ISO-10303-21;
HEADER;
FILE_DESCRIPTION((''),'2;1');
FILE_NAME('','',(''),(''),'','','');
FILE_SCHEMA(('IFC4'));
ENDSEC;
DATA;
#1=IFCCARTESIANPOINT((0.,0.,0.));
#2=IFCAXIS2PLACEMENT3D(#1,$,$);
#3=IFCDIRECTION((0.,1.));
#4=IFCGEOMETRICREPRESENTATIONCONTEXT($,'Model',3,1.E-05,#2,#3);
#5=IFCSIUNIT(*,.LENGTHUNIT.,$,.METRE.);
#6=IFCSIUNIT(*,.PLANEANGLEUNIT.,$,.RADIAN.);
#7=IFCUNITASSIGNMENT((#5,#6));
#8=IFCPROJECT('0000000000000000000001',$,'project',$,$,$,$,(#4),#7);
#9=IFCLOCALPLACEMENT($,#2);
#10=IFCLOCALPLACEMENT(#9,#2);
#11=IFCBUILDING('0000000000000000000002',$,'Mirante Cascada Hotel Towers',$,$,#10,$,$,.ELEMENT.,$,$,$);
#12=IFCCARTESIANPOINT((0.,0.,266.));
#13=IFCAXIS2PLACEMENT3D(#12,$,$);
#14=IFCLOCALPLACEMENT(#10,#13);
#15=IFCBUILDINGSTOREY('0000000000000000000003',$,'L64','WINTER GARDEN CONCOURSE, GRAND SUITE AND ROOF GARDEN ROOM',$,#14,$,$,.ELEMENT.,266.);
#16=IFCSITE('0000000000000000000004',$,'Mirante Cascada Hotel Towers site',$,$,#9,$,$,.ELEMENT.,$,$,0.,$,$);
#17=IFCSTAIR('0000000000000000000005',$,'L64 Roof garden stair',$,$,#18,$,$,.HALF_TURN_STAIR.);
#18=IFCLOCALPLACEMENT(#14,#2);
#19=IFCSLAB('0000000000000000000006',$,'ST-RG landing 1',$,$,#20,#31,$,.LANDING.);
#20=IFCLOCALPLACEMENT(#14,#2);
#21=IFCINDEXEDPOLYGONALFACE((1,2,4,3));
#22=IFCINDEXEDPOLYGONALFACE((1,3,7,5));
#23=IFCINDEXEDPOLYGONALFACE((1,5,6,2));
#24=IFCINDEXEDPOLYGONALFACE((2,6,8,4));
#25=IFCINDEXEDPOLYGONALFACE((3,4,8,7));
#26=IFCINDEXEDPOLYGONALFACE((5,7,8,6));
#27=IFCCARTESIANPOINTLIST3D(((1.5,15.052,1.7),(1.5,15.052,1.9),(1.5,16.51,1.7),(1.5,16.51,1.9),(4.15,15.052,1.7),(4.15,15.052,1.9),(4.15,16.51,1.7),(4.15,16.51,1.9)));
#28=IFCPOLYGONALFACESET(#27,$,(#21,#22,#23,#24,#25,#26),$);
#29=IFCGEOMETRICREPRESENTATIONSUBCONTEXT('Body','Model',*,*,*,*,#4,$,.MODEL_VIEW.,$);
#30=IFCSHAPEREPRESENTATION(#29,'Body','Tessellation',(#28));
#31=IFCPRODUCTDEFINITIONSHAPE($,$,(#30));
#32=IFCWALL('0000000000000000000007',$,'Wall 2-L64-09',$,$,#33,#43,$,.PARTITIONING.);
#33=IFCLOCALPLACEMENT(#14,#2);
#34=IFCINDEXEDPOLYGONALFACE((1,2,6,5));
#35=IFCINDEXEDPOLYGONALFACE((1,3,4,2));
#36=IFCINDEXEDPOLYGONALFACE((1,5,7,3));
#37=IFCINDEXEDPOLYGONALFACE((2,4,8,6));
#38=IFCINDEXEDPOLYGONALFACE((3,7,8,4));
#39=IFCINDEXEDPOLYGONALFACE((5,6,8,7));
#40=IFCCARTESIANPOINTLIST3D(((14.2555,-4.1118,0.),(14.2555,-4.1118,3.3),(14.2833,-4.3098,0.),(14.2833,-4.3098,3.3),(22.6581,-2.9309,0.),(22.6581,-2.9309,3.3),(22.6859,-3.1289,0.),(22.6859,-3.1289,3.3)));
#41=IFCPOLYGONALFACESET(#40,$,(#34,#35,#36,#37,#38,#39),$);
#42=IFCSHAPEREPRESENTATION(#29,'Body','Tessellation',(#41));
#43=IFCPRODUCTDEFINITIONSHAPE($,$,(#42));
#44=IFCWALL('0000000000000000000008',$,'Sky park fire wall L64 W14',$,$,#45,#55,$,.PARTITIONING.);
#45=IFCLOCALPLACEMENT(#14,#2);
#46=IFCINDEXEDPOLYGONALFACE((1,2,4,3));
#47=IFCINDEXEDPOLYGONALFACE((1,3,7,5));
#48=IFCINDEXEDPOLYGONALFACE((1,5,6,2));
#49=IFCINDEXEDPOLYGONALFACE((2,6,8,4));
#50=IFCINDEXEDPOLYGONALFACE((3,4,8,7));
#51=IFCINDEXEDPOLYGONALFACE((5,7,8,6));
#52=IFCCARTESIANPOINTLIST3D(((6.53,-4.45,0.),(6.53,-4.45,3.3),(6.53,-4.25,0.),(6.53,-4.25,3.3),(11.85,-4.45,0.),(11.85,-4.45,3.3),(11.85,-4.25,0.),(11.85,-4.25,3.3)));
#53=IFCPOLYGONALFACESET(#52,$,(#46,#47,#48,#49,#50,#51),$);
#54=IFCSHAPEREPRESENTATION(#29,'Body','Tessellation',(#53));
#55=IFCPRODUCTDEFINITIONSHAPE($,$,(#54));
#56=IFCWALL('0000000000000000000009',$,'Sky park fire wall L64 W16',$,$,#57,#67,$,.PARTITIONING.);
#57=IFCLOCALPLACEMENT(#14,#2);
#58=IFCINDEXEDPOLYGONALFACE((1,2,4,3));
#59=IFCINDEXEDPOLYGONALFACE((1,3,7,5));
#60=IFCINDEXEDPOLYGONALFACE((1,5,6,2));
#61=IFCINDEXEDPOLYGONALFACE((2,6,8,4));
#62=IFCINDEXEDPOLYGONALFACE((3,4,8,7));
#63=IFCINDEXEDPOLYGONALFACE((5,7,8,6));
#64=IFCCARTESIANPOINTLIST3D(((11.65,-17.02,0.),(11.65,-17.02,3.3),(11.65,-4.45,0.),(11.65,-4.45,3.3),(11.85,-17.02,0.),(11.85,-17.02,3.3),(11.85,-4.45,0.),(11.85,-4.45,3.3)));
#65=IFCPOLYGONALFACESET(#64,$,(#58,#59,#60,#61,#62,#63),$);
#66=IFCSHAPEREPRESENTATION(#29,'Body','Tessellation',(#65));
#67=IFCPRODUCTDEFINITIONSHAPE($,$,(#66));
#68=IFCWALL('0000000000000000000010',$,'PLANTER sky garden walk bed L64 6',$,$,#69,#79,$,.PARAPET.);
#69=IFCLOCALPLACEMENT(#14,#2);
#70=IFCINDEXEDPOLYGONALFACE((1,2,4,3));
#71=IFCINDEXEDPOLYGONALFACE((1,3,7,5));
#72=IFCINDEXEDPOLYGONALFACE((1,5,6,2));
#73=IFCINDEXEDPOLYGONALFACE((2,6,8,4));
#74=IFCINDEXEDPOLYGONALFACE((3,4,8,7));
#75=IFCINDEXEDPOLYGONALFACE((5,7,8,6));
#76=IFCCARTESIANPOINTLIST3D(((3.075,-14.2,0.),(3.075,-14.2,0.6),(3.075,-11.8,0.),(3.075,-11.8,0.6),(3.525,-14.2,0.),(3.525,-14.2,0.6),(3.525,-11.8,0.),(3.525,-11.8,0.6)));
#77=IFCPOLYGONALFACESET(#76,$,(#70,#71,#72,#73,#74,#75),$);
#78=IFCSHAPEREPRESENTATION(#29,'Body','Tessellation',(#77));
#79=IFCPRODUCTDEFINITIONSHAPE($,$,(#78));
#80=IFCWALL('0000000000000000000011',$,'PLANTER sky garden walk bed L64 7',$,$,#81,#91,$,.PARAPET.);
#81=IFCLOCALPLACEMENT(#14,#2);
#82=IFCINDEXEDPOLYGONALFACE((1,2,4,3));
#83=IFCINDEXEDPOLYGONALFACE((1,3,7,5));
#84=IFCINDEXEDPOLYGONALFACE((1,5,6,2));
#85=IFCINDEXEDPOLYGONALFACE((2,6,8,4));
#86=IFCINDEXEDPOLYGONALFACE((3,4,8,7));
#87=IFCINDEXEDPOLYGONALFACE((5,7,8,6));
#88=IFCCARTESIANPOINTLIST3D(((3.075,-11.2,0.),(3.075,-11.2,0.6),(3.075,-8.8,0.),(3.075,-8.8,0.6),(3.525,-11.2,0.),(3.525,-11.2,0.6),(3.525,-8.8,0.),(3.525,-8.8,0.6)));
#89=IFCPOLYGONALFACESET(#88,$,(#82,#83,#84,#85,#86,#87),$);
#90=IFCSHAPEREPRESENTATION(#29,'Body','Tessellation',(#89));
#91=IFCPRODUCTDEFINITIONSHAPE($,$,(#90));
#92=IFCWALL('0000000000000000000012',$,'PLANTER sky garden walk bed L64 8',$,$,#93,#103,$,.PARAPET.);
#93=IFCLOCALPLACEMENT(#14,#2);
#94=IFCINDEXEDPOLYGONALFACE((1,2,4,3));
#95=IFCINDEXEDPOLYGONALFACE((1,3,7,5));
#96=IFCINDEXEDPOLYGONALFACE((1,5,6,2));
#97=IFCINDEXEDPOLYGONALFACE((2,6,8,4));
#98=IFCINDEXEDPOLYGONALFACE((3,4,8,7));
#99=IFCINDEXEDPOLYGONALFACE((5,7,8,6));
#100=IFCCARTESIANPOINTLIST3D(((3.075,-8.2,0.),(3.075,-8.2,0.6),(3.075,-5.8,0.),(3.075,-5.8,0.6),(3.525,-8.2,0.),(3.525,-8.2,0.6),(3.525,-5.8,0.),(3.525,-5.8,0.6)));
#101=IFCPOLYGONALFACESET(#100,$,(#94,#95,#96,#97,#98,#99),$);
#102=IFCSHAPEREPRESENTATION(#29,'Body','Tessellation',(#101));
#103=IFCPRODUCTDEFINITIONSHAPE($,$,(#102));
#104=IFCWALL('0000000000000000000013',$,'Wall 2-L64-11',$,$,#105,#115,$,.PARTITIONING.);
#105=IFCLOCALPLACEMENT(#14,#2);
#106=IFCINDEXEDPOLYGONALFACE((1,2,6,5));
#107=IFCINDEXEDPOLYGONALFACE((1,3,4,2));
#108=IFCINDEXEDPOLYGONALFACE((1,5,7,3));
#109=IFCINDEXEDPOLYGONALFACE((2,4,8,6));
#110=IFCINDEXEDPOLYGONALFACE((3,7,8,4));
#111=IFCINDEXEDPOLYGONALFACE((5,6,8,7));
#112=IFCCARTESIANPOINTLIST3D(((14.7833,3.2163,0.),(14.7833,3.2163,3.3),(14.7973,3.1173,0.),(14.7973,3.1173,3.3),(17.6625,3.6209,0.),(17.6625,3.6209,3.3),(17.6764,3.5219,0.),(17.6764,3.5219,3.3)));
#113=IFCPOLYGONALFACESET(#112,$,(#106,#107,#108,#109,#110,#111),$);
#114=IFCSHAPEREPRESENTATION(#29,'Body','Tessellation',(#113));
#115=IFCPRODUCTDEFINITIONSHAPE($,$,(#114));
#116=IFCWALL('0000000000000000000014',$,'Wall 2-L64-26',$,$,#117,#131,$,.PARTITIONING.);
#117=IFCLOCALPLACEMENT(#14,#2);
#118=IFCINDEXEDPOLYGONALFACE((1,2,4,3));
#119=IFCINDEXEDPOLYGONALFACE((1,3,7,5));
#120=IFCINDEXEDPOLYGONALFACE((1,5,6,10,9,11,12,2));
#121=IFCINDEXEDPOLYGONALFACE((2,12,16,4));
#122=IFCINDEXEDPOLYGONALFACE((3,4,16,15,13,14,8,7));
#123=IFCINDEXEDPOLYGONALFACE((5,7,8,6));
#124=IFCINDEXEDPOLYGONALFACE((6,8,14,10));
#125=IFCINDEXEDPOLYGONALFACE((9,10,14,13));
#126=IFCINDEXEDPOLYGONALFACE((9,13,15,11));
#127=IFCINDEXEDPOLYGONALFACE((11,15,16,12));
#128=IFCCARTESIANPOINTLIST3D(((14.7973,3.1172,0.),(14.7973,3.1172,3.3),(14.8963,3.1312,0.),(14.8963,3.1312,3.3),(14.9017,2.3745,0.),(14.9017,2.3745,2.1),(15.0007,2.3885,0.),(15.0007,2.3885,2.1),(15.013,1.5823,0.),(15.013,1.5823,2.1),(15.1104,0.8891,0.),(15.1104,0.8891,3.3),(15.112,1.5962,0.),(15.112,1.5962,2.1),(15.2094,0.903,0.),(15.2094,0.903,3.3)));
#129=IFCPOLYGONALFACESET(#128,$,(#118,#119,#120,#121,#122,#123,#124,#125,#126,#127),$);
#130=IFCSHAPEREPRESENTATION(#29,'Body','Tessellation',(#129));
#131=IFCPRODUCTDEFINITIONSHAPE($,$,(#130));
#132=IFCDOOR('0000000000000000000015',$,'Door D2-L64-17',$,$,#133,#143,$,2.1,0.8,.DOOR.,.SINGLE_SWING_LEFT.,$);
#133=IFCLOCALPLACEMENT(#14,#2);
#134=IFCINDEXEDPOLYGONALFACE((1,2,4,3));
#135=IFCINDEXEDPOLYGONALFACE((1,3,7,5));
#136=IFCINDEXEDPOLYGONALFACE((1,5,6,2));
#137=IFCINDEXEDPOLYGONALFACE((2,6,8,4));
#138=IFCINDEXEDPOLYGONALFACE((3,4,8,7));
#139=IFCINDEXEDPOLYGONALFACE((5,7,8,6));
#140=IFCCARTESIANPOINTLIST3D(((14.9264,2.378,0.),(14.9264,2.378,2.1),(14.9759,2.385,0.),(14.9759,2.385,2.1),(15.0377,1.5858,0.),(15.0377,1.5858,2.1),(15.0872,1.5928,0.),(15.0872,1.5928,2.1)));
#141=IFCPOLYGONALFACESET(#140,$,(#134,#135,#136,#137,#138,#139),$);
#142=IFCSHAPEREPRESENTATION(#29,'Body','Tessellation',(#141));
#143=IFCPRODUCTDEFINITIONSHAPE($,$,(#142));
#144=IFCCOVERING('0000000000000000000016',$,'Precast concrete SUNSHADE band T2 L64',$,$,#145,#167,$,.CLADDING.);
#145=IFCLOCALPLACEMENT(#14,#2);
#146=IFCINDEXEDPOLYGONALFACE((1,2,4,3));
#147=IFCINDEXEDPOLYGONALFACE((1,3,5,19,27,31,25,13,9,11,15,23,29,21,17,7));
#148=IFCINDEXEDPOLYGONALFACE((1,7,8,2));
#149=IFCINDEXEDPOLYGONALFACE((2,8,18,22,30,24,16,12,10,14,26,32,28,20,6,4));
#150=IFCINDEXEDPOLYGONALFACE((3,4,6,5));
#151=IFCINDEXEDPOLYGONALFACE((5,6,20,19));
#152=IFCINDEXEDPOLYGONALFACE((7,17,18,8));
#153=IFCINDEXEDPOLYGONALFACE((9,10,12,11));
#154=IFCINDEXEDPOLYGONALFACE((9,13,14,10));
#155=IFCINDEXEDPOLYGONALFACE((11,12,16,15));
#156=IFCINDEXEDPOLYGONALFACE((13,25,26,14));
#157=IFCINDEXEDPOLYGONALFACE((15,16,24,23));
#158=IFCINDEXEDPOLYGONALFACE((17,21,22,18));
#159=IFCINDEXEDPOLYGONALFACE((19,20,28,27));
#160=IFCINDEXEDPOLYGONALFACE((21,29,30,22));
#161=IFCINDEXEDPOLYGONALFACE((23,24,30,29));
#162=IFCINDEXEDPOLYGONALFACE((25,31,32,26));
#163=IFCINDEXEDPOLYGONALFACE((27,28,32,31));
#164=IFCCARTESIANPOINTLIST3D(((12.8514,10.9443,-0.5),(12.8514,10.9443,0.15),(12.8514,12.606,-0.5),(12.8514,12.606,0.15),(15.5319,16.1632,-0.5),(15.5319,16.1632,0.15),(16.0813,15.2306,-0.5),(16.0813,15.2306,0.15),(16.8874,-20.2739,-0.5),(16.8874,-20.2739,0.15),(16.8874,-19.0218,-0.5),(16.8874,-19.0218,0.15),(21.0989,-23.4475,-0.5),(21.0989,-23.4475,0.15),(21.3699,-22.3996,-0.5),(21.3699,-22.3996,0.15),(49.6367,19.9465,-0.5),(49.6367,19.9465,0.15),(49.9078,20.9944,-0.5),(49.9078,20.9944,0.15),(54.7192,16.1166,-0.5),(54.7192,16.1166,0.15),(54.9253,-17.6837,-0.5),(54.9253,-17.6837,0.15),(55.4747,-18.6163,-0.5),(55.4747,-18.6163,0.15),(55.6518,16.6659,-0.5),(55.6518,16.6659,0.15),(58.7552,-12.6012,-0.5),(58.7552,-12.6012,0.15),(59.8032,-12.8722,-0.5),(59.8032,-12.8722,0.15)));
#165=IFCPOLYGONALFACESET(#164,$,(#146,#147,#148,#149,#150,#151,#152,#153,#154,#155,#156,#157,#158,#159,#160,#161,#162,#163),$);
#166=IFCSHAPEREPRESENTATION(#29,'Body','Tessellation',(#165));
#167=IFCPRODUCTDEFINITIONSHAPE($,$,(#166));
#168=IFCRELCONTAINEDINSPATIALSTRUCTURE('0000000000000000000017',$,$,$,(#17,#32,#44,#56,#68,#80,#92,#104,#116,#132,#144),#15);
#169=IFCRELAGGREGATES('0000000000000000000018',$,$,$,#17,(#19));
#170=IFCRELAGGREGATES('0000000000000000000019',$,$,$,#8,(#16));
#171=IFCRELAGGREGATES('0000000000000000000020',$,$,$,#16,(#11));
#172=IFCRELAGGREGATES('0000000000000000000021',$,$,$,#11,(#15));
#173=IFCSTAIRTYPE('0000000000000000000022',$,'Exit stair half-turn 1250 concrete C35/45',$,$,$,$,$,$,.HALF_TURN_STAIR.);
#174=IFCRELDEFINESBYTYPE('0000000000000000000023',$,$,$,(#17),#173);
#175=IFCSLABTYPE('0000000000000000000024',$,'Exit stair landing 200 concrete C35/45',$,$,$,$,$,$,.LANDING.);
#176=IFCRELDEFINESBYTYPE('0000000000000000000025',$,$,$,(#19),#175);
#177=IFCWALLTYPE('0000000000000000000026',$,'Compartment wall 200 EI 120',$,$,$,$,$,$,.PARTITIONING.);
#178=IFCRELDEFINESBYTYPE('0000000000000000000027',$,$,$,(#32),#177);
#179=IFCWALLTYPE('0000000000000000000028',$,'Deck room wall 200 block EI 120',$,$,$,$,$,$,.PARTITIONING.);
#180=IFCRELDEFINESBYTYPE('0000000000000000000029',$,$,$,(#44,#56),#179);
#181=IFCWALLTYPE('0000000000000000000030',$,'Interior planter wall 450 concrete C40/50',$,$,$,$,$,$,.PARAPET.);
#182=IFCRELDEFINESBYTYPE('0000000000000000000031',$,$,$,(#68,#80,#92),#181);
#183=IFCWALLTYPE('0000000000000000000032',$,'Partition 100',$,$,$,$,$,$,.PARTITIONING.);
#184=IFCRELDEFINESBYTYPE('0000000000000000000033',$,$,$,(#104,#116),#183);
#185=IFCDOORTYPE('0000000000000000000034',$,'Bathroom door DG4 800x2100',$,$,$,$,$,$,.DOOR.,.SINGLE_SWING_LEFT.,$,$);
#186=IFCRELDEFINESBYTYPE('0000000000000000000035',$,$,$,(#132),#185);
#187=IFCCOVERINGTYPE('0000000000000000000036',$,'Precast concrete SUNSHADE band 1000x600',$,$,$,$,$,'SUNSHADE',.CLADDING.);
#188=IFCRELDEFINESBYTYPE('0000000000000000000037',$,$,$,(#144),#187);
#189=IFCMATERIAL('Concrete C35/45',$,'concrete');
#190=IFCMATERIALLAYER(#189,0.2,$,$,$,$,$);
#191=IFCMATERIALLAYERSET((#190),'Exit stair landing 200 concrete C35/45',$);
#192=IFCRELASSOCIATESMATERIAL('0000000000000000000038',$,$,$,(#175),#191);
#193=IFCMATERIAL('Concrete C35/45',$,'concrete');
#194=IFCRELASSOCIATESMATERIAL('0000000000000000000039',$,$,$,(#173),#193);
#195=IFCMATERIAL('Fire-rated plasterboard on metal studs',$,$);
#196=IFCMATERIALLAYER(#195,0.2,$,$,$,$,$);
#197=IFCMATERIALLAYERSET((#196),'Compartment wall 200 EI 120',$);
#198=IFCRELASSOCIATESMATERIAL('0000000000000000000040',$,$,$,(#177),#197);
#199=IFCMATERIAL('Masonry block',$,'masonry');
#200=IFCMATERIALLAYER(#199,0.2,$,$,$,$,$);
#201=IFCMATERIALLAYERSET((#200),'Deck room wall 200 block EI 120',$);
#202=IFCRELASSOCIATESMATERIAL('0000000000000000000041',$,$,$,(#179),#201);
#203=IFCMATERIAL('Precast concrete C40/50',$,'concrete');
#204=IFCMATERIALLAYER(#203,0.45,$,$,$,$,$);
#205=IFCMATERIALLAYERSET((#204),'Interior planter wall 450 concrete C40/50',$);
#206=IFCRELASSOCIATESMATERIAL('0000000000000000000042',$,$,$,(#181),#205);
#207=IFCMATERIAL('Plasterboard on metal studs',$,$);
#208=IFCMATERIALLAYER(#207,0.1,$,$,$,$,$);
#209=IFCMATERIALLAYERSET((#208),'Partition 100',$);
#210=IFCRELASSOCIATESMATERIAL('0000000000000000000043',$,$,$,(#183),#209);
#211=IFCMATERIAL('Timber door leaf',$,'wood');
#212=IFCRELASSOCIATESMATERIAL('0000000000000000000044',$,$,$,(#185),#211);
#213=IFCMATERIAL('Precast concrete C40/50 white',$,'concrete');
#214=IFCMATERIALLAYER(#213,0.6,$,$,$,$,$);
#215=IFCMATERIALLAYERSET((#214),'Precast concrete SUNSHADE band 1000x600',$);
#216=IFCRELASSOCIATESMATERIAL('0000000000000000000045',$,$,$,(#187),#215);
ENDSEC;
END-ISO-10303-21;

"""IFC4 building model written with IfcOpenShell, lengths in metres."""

from ifc_helpers import new_model, si_unit, direction, frame, frame_2d, origin, place, context, subcontext, project, spatial, polyline, rectangle, outline, extrude, material, layer, layer_set, type_object, element, fill, aggregate, save


model = new_model("IFC4")

# Units and contexts
model_context = context("Model", 3, precision=1e-05, world=origin(), true_north=direction((0.0, 1.0)))
body_context = subcontext(model_context, "Body", "Model", "MODEL_VIEW")
ifc_project = project(units=[si_unit("LENGTHUNIT", "METRE"), si_unit("PLANEANGLEUNIT", "RADIAN")], contexts=[model_context])

# Site, building, storey
site_placement = place(None, origin())
site = spatial("IfcSite", under=ifc_project, at=site_placement, Name="Mirante Cascada Hotel Towers site", CompositionType="ELEMENT", RefElevation=0.0)
building_placement = place(site_placement, origin())
building = spatial("IfcBuilding", under=site, at=building_placement, Name="Mirante Cascada Hotel Towers", CompositionType="ELEMENT")
storey_placement = place(building_placement, frame((0.0, 0.0, 266.0)))
storey = spatial("IfcBuildingStorey", under=building, at=storey_placement, Name="L64", Description="WINTER GARDEN CONCOURSE, GRAND SUITE AND ROOF GARDEN ROOM", CompositionType="ELEMENT", Elevation=266.0)

# Stair, slab
ifc_material_1 = material(Name="Concrete C35/45", Category="concrete")
ifc_layer_1 = layer(ifc_material_1, 0.2)
ifc_layer_set_1 = layer_set([ifc_layer_1], Name="Exit stair landing 200 concrete C35/45")
slab_type = type_object("IfcSlabType", Name="Exit stair landing 200 concrete C35/45", PredefinedType="LANDING", material=ifc_layer_set_1)
ifc_material_2 = material(Name="Concrete C35/45", Category="concrete")
stair_type_1 = type_object("IfcStairType", Name="Exit stair half-turn 1250 concrete C35/45", PredefinedType="HALF_TURN_STAIR", material=ifc_material_2)
stair_1_placement = place(storey_placement, origin())
stair_1 = element("IfcStair", 1, at=stair_1_placement, inside=storey, type_object=stair_type_1, Name="L64 Roof garden stair", PredefinedType="HALF_TURN_STAIR")
slab_1_placement = place(storey_placement, frame((0.0, 0.0, 1.7)))
slab_1 = element("IfcSlab", 2, at=slab_1_placement, type_object=slab_type, Name="ST-RG landing 1", PredefinedType="LANDING", context=body_context, shape_type="SweptSolid", body=[
    extrude(outline(polyline([(4.15, 15.052), (4.15, 16.51), (1.5, 16.51), (1.5, 15.052), (4.15, 15.052)])), origin(), (0.0, 0.0, 1.0), 0.2),
])
aggregate(stair_1, [slab_1])

# Walls
ifc_material_3 = material(Name="Fire-rated plasterboard on metal studs")
ifc_layer_2 = layer(ifc_material_3, 0.2)
ifc_layer_set_2 = layer_set([ifc_layer_2], Name="Compartment wall 200 EI 120")
wall_type_1 = type_object("IfcWallType", Name="Compartment wall 200 EI 120", PredefinedType="PARTITIONING", material=ifc_layer_set_2)
wall_1_placement = place(storey_placement, frame((14.2694, -4.2108, 0.0), z_axis=(0.0, 0.0, 1.0), x_axis=(0.990268, 0.139172, 0.0)))
element("IfcWall", 3, at=wall_1_placement, inside=storey, type_object=wall_type_1, Name="Wall 2-L64-09", PredefinedType="PARTITIONING", context=body_context, shape_type="SweptSolid", body=[
    extrude(rectangle(XDim=8.4852, YDim=0.2, at=frame_2d((4.2426, 0.0))), origin(), (0.0, 0.0, 1.0), 3.3),
])
ifc_material_4 = material(Name="Masonry block", Category="masonry")
ifc_layer_3 = layer(ifc_material_4, 0.2)
ifc_layer_set_3 = layer_set([ifc_layer_3], Name="Deck room wall 200 block EI 120")
wall_type_2 = type_object("IfcWallType", Name="Deck room wall 200 block EI 120", PredefinedType="PARTITIONING", material=ifc_layer_set_3)
wall_2_placement = place(storey_placement, frame((6.53, -4.35, 0.0), z_axis=(0.0, 0.0, 1.0), x_axis=(1.0, 0.0, 0.0)))
element("IfcWall", 4, at=wall_2_placement, inside=storey, type_object=wall_type_2, Name="Sky park fire wall L64 W14", PredefinedType="PARTITIONING", context=body_context, shape_type="SweptSolid", body=[
    extrude(rectangle(XDim=5.32, YDim=0.2, at=frame_2d((2.66, 0.0))), origin(), (0.0, 0.0, 1.0), 3.3),
])
wall_3_placement = place(storey_placement, frame((11.75, -17.02, 0.0), z_axis=(0.0, 0.0, 1.0), x_axis=(0.0, 1.0, 0.0)))
element("IfcWall", 5, at=wall_3_placement, inside=storey, type_object=wall_type_2, Name="Sky park fire wall L64 W16", PredefinedType="PARTITIONING", context=body_context, shape_type="SweptSolid", body=[
    extrude(rectangle(XDim=12.57, YDim=0.2, at=frame_2d((6.285, 0.0))), origin(), (0.0, 0.0, 1.0), 3.3),
])
ifc_material_5 = material(Name="Precast concrete C40/50", Category="concrete")
ifc_layer_4 = layer(ifc_material_5, 0.45)
ifc_layer_set_4 = layer_set([ifc_layer_4], Name="Interior planter wall 450 concrete C40/50")
wall_type_3 = type_object("IfcWallType", Name="Interior planter wall 450 concrete C40/50", PredefinedType="PARAPET", material=ifc_layer_set_4)
for number, where, z_axis, x_axis, name in (
    (6, (3.3, -14.2, 0.0), (0.0, 0.0, 1.0), (0.0, 1.0, 0.0), "PLANTER sky garden walk bed L64 6"),
    (7, (3.3, -11.2, 0.0), (0.0, 0.0, 1.0), (0.0, 1.0, 0.0), "PLANTER sky garden walk bed L64 7"),
    (8, (3.3, -8.2, 0.0), (0.0, 0.0, 1.0), (0.0, 1.0, 0.0), "PLANTER sky garden walk bed L64 8"),
):
    element("IfcWall", number, at=place(storey_placement, frame(where, z_axis=z_axis, x_axis=x_axis)), inside=storey, type_object=wall_type_3, Name=name, PredefinedType="PARAPET", context=body_context, shape_type="SweptSolid", body=[
        extrude(rectangle(XDim=2.4, YDim=0.45, at=frame_2d((1.2, 0.0))), origin(), (0.0, 0.0, 1.0), 0.6),
    ])
ifc_material_6 = material(Name="Plasterboard on metal studs")
ifc_layer_5 = layer(ifc_material_6, 0.1)
ifc_layer_set_5 = layer_set([ifc_layer_5], Name="Partition 100")
wall_type_4 = type_object("IfcWallType", Name="Partition 100", PredefinedType="PARTITIONING", material=ifc_layer_set_5)
wall_4_placement = place(storey_placement, frame((14.7903, 3.1668, 0.0), z_axis=(0.0, 0.0, 1.0), x_axis=(0.99027, 0.139163, 0.0)))
element("IfcWall", 9, at=wall_4_placement, inside=storey, type_object=wall_type_4, Name="Wall 2-L64-11", PredefinedType="PARTITIONING", context=body_context, shape_type="SweptSolid", body=[
    extrude(rectangle(XDim=2.9074, YDim=0.1, at=frame_2d((1.4537, 0.0))), origin(), (0.0, 0.0, 1.0), 3.3),
])

# Wall, opening, door
wall_5_placement = place(storey_placement, frame((14.8468, 3.1242, 0.0), z_axis=(0.0, 0.0, 1.0), x_axis=(0.139156, -0.990271, 0.0)))
wall_5 = element("IfcWall", 10, at=wall_5_placement, inside=storey, type_object=wall_type_4, Name="Wall 2-L64-26", PredefinedType="PARTITIONING", context=body_context, shape_type="SweptSolid", body=[
    extrude(rectangle(XDim=2.25, YDim=0.1, at=frame_2d((1.125, 0.0))), origin(), (0.0, 0.0, 1.0), 3.3),
])
opening_placement = place(wall_5_placement, frame((0.75, 0.0, 0.0)))
opening = element("IfcOpeningElement", 11, at=opening_placement, cuts=wall_5, PredefinedType="OPENING", context=body_context, shape_type="SweptSolid", body=[
    extrude(rectangle(XDim=0.8, YDim=2.1, at=frame_2d((0.4, 1.05))), frame((0.0, 0.05, 0.0), z_axis=(0.0, -1.0, 0.0), x_axis=(1.0, 0.0, 0.0)), (0.0, 0.0, 1.0), 0.1),
])
ifc_material_7 = material(Name="Timber door leaf", Category="wood")
door_type = type_object("IfcDoorType", Name="Bathroom door DG4 800x2100", OperationType="SINGLE_SWING_LEFT", PredefinedType="DOOR", material=ifc_material_7)
door_placement = place(opening_placement, origin())
door = element("IfcDoor", 12, at=door_placement, inside=storey, type_object=door_type, Name="Door D2-L64-17", OperationType="SINGLE_SWING_LEFT", OverallHeight=2.1, OverallWidth=0.8, PredefinedType="DOOR", context=body_context, shape_type="SweptSolid", body=[
    extrude(rectangle(XDim=0.8, YDim=2.1, at=frame_2d((0.4, 1.05))), frame((0.0, 0.025, 0.0), z_axis=(0.0, -1.0, 0.0), x_axis=(1.0, 0.0, 0.0)), (0.0, 0.0, 1.0), 0.05),
])
fill(opening, door)

# Covering
ifc_material_8 = material(Name="Precast concrete C40/50 white", Category="concrete")
ifc_layer_6 = layer(ifc_material_8, 0.6)
ifc_layer_set_6 = layer_set([ifc_layer_6], Name="Precast concrete SUNSHADE band 1000x600")
covering_type = type_object("IfcCoveringType", Name="Precast concrete SUNSHADE band 1000x600", ElementType="SUNSHADE", PredefinedType="CLADDING", material=ifc_layer_set_6)
covering_placement = place(storey_placement, frame((0.0, 0.0, -0.5)))
element("IfcCovering", 13, at=covering_placement, inside=storey, type_object=covering_type, Name="Precast concrete SUNSHADE band T2 L64", PredefinedType="CLADDING", context=body_context, shape_type="SweptSolid", body=[
    extrude(outline(polyline([(49.9078, 20.9944), (55.6518, 16.6659), (59.8032, -12.8722), (55.4747, -18.6163), (21.0989, -23.4475), (16.8874, -20.2739), (16.8874, -19.0218), (21.3699, -22.3996), (54.9253, -17.6837), (58.7552, -12.6012), (54.7192, 16.1166), (49.6367, 19.9465), (16.0813, 15.2306), (12.8514, 10.9443), (12.8514, 12.606), (15.5319, 16.1632), (49.9078, 20.9944)])), origin(), (0.0, 0.0, 1.0), 0.65),
])

save(model, "model.ifc")
